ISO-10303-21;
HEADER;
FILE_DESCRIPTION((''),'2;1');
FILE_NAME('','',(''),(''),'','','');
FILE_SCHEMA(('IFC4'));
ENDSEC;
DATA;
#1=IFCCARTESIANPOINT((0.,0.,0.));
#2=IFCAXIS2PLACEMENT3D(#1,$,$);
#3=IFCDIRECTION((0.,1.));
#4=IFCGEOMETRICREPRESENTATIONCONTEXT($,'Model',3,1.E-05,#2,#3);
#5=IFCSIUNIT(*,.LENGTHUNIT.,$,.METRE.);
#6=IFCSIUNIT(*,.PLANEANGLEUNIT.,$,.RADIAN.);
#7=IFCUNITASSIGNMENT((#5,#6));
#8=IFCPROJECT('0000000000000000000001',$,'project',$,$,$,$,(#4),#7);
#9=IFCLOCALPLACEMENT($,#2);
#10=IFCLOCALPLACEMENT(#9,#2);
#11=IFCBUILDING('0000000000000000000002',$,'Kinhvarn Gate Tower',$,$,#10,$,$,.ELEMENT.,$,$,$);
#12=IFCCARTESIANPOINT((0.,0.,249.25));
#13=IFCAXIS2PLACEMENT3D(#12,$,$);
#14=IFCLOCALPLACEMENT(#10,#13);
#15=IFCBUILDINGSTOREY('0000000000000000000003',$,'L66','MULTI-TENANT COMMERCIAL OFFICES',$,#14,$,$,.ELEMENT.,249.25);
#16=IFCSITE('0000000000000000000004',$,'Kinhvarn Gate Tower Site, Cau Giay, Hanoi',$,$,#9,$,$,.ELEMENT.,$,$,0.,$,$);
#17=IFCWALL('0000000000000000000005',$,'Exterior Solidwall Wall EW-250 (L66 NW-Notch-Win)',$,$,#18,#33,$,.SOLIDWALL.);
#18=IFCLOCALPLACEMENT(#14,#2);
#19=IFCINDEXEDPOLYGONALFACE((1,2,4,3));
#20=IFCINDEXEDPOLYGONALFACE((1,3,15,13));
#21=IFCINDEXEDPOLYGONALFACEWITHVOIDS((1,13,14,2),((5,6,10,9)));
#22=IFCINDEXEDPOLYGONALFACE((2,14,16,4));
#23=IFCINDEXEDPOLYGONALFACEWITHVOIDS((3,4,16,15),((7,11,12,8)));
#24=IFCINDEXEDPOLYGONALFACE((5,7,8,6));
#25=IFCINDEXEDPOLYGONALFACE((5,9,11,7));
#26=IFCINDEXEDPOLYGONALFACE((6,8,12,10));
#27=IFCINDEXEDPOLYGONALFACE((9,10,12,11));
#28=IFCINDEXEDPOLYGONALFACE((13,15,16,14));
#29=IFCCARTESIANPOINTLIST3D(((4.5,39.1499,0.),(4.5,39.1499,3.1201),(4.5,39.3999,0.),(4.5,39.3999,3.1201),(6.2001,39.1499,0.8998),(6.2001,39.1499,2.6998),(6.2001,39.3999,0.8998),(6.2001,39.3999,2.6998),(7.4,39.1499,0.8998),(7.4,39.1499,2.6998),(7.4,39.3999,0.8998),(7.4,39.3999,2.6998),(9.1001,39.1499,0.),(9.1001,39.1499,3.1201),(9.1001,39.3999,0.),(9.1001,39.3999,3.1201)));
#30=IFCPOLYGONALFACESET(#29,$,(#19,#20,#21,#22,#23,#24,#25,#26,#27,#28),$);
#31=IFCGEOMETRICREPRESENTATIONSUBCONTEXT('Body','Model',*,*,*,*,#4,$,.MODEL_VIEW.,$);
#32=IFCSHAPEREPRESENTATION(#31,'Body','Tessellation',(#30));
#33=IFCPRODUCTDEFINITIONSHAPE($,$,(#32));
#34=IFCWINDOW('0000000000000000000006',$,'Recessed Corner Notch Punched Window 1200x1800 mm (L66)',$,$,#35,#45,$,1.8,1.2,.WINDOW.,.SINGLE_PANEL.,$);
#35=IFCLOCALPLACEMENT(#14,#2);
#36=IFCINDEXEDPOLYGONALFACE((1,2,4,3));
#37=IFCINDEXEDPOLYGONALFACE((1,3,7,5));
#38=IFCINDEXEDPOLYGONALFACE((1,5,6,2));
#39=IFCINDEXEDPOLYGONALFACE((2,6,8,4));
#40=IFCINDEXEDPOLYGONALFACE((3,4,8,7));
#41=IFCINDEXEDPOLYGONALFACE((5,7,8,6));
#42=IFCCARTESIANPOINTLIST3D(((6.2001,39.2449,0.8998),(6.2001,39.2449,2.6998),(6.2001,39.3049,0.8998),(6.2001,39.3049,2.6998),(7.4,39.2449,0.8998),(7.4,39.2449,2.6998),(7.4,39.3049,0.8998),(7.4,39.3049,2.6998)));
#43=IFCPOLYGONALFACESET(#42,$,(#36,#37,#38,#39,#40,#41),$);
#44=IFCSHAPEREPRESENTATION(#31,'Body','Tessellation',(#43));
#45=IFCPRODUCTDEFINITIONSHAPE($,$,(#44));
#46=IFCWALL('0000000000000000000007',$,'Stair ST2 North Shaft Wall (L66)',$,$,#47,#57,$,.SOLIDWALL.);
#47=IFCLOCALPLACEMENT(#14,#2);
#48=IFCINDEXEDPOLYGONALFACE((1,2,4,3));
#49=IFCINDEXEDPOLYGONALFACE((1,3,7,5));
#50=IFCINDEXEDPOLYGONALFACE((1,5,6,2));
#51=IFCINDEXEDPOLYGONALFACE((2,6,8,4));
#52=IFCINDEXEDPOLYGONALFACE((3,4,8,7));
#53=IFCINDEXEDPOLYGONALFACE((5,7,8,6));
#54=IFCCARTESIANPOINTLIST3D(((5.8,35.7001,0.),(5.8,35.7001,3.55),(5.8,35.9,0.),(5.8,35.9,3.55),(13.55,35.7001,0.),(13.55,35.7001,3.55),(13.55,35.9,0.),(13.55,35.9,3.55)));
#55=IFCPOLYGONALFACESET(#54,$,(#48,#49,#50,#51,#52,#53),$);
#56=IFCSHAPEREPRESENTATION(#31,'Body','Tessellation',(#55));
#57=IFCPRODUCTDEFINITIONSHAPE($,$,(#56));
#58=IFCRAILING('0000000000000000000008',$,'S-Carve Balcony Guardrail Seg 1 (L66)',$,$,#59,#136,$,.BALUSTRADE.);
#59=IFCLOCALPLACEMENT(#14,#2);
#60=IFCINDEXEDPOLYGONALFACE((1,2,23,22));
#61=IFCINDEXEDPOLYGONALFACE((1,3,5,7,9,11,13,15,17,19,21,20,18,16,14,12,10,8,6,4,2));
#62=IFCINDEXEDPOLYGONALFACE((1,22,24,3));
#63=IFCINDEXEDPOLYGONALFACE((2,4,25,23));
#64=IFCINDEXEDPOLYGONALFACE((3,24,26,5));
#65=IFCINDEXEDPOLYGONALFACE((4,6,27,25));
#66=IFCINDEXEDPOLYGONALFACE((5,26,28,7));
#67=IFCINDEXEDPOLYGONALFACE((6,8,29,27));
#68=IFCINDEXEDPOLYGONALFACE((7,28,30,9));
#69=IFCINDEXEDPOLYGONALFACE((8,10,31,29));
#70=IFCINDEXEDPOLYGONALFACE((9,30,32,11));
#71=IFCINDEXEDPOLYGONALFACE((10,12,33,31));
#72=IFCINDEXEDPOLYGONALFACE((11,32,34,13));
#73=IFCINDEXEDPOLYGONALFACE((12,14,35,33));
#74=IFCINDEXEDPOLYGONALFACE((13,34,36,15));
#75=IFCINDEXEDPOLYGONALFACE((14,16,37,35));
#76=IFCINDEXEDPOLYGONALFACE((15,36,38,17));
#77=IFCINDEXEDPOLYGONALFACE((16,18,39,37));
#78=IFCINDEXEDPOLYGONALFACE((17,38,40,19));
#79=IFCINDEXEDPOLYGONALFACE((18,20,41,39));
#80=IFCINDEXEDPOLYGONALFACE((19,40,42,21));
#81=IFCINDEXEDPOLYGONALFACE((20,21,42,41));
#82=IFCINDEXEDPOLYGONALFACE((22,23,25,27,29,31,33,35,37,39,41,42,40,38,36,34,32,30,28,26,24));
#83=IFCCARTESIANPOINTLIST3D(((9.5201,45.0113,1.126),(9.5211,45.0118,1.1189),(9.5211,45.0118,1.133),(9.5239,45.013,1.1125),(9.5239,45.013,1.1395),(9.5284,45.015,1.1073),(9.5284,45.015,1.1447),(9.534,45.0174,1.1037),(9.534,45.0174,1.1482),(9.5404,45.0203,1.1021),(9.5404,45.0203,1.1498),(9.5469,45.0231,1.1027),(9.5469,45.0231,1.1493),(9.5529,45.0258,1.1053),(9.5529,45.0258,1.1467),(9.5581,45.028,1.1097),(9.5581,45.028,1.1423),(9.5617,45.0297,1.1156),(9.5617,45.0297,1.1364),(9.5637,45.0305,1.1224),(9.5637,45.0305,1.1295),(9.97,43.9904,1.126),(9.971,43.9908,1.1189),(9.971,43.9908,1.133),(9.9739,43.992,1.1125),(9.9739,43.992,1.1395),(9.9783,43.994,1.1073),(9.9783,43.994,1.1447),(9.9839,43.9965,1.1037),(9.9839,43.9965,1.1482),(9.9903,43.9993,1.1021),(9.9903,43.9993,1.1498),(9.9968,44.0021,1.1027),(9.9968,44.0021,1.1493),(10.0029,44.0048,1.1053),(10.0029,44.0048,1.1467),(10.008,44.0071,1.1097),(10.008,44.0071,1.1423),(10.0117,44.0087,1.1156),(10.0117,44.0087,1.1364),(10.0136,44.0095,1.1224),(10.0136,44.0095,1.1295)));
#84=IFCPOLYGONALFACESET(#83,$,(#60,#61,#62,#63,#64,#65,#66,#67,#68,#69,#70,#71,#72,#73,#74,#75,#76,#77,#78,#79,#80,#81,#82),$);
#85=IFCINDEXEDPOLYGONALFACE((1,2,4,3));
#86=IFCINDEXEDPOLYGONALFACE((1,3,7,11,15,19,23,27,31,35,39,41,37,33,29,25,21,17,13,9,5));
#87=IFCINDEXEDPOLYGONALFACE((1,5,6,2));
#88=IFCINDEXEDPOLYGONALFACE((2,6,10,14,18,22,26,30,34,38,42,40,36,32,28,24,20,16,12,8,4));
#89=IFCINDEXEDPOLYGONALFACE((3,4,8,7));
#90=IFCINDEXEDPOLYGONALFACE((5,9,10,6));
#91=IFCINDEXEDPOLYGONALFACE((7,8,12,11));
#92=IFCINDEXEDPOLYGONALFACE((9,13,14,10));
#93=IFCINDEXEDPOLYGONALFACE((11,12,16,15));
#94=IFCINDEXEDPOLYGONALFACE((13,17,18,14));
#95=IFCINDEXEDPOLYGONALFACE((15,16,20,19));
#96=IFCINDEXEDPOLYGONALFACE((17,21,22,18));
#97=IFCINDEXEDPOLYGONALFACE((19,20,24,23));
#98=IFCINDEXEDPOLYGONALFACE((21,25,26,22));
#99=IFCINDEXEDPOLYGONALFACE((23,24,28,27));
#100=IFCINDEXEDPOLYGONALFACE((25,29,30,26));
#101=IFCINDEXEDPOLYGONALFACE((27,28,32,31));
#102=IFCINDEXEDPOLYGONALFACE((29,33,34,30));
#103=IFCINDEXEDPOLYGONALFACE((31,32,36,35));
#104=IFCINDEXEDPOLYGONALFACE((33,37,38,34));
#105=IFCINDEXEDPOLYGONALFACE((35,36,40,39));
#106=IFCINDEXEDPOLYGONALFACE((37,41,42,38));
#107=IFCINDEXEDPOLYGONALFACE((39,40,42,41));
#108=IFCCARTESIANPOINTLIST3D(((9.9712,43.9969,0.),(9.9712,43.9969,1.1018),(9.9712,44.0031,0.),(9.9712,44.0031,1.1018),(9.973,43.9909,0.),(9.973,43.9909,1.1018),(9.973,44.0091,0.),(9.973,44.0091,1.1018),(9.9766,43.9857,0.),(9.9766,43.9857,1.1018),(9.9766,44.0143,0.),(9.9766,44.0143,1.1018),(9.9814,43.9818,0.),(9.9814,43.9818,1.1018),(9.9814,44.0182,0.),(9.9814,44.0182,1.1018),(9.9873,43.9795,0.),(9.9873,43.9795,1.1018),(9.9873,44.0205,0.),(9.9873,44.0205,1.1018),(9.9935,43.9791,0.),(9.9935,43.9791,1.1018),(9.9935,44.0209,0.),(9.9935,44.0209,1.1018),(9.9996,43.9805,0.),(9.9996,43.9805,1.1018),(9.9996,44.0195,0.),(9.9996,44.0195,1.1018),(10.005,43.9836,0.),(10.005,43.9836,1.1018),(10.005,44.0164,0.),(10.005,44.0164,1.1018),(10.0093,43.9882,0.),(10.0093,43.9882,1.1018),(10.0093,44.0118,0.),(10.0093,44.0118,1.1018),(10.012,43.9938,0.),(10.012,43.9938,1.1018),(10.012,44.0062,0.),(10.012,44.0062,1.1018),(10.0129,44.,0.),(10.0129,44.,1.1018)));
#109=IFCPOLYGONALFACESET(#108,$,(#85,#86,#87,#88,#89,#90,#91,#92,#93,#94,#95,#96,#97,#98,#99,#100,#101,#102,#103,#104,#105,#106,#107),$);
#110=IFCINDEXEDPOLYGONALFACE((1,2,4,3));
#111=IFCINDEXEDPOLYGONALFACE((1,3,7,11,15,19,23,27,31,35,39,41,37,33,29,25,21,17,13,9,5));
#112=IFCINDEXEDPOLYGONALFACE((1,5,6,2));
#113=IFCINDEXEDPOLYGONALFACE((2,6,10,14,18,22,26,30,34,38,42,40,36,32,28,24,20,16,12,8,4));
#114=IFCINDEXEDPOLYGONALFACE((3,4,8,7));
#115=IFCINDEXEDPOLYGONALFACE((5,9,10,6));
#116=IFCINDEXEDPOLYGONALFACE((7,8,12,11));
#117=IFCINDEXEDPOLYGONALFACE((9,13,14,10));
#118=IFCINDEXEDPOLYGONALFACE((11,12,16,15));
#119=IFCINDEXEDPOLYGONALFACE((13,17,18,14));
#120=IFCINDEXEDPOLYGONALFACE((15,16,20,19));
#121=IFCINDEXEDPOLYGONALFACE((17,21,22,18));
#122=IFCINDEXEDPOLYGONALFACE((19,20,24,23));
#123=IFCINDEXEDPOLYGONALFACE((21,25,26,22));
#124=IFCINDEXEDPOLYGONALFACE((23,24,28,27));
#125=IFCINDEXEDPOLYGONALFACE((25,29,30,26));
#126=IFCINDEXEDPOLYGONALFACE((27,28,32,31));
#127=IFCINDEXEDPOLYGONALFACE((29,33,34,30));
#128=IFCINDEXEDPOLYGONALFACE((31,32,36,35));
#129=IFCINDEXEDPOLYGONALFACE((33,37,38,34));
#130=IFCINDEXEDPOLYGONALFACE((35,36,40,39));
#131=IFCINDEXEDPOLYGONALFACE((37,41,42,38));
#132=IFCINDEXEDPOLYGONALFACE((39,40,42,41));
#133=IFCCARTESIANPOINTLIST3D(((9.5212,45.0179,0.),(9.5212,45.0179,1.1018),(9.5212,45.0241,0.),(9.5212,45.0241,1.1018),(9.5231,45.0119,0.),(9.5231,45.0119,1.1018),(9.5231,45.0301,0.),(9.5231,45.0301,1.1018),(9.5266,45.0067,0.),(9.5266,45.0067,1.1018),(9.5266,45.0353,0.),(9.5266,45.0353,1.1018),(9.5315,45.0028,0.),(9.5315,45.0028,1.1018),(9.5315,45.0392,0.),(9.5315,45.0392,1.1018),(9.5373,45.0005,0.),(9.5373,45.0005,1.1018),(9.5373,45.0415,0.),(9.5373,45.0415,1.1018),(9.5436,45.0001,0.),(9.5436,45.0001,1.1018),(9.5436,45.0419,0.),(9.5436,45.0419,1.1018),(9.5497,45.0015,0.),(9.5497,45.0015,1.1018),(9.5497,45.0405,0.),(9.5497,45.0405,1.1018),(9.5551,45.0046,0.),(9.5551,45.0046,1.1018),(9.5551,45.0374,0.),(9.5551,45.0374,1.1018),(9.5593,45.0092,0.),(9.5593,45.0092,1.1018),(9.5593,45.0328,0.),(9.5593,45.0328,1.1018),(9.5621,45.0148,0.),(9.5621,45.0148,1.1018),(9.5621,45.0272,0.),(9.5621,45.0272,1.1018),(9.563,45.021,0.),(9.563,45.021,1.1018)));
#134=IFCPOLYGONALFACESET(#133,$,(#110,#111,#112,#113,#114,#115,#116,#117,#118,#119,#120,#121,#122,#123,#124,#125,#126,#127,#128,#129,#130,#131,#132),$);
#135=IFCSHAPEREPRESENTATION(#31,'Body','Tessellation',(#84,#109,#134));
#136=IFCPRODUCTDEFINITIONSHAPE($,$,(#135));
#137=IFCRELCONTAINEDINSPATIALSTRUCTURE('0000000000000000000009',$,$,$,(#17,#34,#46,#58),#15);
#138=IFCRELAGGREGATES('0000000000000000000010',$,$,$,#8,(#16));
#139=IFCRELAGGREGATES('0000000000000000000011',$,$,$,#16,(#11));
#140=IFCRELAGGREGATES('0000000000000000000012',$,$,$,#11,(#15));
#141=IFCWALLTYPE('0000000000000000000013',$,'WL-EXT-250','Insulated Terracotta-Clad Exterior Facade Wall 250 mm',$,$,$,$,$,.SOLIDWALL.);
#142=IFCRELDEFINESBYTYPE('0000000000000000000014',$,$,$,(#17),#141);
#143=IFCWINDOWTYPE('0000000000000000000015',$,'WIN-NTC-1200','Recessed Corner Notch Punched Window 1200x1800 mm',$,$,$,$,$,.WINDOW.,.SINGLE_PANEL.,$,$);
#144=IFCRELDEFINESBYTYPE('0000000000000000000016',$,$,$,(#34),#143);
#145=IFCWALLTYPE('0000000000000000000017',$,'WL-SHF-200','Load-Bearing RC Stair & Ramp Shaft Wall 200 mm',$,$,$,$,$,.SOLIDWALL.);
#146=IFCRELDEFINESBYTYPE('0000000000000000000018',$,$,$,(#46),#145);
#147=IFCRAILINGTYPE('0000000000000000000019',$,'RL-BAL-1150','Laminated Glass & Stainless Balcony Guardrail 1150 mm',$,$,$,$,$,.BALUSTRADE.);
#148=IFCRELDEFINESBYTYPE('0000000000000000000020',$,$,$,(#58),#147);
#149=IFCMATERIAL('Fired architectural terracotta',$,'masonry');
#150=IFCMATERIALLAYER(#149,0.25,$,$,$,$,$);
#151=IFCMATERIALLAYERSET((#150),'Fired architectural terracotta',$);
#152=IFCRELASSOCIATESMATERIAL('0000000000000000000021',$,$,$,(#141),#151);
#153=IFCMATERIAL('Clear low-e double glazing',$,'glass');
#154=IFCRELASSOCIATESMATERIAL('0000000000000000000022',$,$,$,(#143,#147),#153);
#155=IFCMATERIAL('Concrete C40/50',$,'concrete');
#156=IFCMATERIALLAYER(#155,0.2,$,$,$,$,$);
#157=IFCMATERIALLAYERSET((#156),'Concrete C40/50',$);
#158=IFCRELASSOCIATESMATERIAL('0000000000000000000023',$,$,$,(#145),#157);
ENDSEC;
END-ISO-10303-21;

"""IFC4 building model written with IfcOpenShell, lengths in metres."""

from ifc_helpers import new_model, si_unit, direction, frame, frame_2d, origin, origin_2d, place, context, subcontext, project, spatial, rectangle, circle, extrude, material, layer, layer_set, type_object, element, fill, save


model = new_model("IFC4")

# Units and contexts
model_context = context("Model", 3, precision=1e-05, world=origin(), true_north=direction((0.0, 1.0)))
body_context = subcontext(model_context, "Body", "Model", "MODEL_VIEW")
ifc_project = project(units=[si_unit("LENGTHUNIT", "METRE"), si_unit("PLANEANGLEUNIT", "RADIAN")], contexts=[model_context])

# Site, building, storey
site_placement = place(None, origin())
site = spatial("IfcSite", under=ifc_project, at=site_placement, Name="Kinhvarn Gate Tower Site, Cau Giay, Hanoi", CompositionType="ELEMENT", RefElevation=0.0)
building_placement = place(site_placement, origin())
building = spatial("IfcBuilding", under=site, at=building_placement, Name="Kinhvarn Gate Tower", CompositionType="ELEMENT")
storey_placement = place(building_placement, frame((0.0, 0.0, 249.25)))
storey = spatial("IfcBuildingStorey", under=building, at=storey_placement, Name="L66", Description="MULTI-TENANT COMMERCIAL OFFICES", CompositionType="ELEMENT", Elevation=249.25)

# Shared definitions
ifc_material_1 = material(Name="Fired architectural terracotta", Category="masonry")
ifc_layer_1 = layer(ifc_material_1, 0.25)
ifc_layer_set_1 = layer_set([ifc_layer_1], Name="Fired architectural terracotta")
wall_type_1 = type_object("IfcWallType", Name="WL-EXT-250", Description="Insulated Terracotta-Clad Exterior Facade Wall 250 mm", PredefinedType="SOLIDWALL", material=ifc_layer_set_1)

# Shared definitions
ifc_material_2 = material(Name="Clear low-e double glazing", Category="glass")

# Wall, opening, window
wall_1_placement = place(storey_placement, frame((9.1001, 39.2749, 0.0), z_axis=(0.0, 0.0, 1.0), x_axis=(-1.0, 0.0, 0.0)))
wall_1 = element("IfcWall", 1, at=wall_1_placement, inside=storey, type_object=wall_type_1, Name="Exterior Solidwall Wall EW-250 (L66 NW-Notch-Win)", PredefinedType="SOLIDWALL", context=body_context, shape_type="SweptSolid", body=[
    extrude(rectangle(XDim=4.6001, YDim=0.25, at=frame_2d((2.3, 0.0))), origin(), (0.0, 0.0, 1.0), 3.1201),
])
opening_1_placement = place(wall_1_placement, frame((1.7, 0.0, 0.8999)))
opening_1 = element("IfcOpeningElement", 2, at=opening_1_placement, cuts=wall_1, PredefinedType="OPENING", context=body_context, shape_type="SweptSolid", body=[
    extrude(rectangle(XDim=1.2, YDim=1.8, at=frame_2d((0.6001, 0.8999))), frame((0.0, 0.135, 0.0), z_axis=(0.0, -1.0, 0.0), x_axis=(1.0, 0.0, 0.0)), (0.0, 0.0, 1.0), 0.27),
])
window_type = type_object("IfcWindowType", Name="WIN-NTC-1200", Description="Recessed Corner Notch Punched Window 1200x1800 mm", PartitioningType="SINGLE_PANEL", PredefinedType="WINDOW", material=ifc_material_2)
window_placement = place(opening_1_placement, origin())
window = element("IfcWindow", 3, at=window_placement, inside=storey, type_object=window_type, Name="Recessed Corner Notch Punched Window 1200x1800 mm (L66)", OverallHeight=1.8, OverallWidth=1.2, PartitioningType="SINGLE_PANEL", PredefinedType="WINDOW", context=body_context, shape_type="SweptSolid", body=[
    extrude(rectangle(XDim=1.2, YDim=1.8, at=frame_2d((0.6001, 0.8999))), frame((0.0, 0.03, 0.0), z_axis=(0.0, -1.0, 0.0), x_axis=(1.0, 0.0, 0.0)), (0.0, 0.0, 1.0), 0.0601),
])
fill(opening_1, window)

# Wall
ifc_material_3 = material(Name="Concrete C40/50", Category="concrete")
ifc_layer_2 = layer(ifc_material_3, 0.2)
ifc_layer_set_2 = layer_set([ifc_layer_2], Name="Concrete C40/50")
wall_type_2 = type_object("IfcWallType", Name="WL-SHF-200", Description="Load-Bearing RC Stair & Ramp Shaft Wall 200 mm", PredefinedType="SOLIDWALL", material=ifc_layer_set_2)
wall_2_placement = place(storey_placement, frame((5.8, 35.8, 0.0), z_axis=(0.0, 0.0, 1.0), x_axis=(1.0, 0.0, 0.0)))
element("IfcWall", 4, at=wall_2_placement, inside=storey, type_object=wall_type_2, Name="Stair ST2 North Shaft Wall (L66)", PredefinedType="SOLIDWALL", context=body_context, shape_type="SweptSolid", body=[
    extrude(rectangle(XDim=7.75, YDim=0.2, at=frame_2d((3.875, 0.0))), origin(), (0.0, 0.0, 1.0), 3.55),
])

# Railing
railing_type = type_object("IfcRailingType", Name="RL-BAL-1150", Description="Laminated Glass & Stainless Balcony Guardrail 1150 mm", PredefinedType="BALUSTRADE", material=ifc_material_2)
railing_1_placement = place(storey_placement, frame((9.9919, 44.0, 0.0)))
element("IfcRailing", 5, at=railing_1_placement, inside=storey, type_object=railing_type, Name="S-Carve Balcony Guardrail Seg 1 (L66)", PredefinedType="BALUSTRADE", context=body_context, shape_type="SweptSolid", body=[
    extrude(circle(Radius=0.0239, at=origin_2d()), frame((0.0, 0.0, 1.126), z_axis=(-0.403274, 0.915079, 0.0), x_axis=(-0.915079, -0.403274, 0.0)), (0.0, 0.0, 1.0), 1.1157),
    extrude(circle(Radius=0.021, at=origin_2d()), origin(), (0.0, 0.0, 1.0), 1.1018),
    extrude(circle(Radius=0.021, at=origin_2d()), frame((-0.45, 1.021, 0.0)), (0.0, 0.0, 1.0), 1.1018),
])

save(model, "model.ifc")
